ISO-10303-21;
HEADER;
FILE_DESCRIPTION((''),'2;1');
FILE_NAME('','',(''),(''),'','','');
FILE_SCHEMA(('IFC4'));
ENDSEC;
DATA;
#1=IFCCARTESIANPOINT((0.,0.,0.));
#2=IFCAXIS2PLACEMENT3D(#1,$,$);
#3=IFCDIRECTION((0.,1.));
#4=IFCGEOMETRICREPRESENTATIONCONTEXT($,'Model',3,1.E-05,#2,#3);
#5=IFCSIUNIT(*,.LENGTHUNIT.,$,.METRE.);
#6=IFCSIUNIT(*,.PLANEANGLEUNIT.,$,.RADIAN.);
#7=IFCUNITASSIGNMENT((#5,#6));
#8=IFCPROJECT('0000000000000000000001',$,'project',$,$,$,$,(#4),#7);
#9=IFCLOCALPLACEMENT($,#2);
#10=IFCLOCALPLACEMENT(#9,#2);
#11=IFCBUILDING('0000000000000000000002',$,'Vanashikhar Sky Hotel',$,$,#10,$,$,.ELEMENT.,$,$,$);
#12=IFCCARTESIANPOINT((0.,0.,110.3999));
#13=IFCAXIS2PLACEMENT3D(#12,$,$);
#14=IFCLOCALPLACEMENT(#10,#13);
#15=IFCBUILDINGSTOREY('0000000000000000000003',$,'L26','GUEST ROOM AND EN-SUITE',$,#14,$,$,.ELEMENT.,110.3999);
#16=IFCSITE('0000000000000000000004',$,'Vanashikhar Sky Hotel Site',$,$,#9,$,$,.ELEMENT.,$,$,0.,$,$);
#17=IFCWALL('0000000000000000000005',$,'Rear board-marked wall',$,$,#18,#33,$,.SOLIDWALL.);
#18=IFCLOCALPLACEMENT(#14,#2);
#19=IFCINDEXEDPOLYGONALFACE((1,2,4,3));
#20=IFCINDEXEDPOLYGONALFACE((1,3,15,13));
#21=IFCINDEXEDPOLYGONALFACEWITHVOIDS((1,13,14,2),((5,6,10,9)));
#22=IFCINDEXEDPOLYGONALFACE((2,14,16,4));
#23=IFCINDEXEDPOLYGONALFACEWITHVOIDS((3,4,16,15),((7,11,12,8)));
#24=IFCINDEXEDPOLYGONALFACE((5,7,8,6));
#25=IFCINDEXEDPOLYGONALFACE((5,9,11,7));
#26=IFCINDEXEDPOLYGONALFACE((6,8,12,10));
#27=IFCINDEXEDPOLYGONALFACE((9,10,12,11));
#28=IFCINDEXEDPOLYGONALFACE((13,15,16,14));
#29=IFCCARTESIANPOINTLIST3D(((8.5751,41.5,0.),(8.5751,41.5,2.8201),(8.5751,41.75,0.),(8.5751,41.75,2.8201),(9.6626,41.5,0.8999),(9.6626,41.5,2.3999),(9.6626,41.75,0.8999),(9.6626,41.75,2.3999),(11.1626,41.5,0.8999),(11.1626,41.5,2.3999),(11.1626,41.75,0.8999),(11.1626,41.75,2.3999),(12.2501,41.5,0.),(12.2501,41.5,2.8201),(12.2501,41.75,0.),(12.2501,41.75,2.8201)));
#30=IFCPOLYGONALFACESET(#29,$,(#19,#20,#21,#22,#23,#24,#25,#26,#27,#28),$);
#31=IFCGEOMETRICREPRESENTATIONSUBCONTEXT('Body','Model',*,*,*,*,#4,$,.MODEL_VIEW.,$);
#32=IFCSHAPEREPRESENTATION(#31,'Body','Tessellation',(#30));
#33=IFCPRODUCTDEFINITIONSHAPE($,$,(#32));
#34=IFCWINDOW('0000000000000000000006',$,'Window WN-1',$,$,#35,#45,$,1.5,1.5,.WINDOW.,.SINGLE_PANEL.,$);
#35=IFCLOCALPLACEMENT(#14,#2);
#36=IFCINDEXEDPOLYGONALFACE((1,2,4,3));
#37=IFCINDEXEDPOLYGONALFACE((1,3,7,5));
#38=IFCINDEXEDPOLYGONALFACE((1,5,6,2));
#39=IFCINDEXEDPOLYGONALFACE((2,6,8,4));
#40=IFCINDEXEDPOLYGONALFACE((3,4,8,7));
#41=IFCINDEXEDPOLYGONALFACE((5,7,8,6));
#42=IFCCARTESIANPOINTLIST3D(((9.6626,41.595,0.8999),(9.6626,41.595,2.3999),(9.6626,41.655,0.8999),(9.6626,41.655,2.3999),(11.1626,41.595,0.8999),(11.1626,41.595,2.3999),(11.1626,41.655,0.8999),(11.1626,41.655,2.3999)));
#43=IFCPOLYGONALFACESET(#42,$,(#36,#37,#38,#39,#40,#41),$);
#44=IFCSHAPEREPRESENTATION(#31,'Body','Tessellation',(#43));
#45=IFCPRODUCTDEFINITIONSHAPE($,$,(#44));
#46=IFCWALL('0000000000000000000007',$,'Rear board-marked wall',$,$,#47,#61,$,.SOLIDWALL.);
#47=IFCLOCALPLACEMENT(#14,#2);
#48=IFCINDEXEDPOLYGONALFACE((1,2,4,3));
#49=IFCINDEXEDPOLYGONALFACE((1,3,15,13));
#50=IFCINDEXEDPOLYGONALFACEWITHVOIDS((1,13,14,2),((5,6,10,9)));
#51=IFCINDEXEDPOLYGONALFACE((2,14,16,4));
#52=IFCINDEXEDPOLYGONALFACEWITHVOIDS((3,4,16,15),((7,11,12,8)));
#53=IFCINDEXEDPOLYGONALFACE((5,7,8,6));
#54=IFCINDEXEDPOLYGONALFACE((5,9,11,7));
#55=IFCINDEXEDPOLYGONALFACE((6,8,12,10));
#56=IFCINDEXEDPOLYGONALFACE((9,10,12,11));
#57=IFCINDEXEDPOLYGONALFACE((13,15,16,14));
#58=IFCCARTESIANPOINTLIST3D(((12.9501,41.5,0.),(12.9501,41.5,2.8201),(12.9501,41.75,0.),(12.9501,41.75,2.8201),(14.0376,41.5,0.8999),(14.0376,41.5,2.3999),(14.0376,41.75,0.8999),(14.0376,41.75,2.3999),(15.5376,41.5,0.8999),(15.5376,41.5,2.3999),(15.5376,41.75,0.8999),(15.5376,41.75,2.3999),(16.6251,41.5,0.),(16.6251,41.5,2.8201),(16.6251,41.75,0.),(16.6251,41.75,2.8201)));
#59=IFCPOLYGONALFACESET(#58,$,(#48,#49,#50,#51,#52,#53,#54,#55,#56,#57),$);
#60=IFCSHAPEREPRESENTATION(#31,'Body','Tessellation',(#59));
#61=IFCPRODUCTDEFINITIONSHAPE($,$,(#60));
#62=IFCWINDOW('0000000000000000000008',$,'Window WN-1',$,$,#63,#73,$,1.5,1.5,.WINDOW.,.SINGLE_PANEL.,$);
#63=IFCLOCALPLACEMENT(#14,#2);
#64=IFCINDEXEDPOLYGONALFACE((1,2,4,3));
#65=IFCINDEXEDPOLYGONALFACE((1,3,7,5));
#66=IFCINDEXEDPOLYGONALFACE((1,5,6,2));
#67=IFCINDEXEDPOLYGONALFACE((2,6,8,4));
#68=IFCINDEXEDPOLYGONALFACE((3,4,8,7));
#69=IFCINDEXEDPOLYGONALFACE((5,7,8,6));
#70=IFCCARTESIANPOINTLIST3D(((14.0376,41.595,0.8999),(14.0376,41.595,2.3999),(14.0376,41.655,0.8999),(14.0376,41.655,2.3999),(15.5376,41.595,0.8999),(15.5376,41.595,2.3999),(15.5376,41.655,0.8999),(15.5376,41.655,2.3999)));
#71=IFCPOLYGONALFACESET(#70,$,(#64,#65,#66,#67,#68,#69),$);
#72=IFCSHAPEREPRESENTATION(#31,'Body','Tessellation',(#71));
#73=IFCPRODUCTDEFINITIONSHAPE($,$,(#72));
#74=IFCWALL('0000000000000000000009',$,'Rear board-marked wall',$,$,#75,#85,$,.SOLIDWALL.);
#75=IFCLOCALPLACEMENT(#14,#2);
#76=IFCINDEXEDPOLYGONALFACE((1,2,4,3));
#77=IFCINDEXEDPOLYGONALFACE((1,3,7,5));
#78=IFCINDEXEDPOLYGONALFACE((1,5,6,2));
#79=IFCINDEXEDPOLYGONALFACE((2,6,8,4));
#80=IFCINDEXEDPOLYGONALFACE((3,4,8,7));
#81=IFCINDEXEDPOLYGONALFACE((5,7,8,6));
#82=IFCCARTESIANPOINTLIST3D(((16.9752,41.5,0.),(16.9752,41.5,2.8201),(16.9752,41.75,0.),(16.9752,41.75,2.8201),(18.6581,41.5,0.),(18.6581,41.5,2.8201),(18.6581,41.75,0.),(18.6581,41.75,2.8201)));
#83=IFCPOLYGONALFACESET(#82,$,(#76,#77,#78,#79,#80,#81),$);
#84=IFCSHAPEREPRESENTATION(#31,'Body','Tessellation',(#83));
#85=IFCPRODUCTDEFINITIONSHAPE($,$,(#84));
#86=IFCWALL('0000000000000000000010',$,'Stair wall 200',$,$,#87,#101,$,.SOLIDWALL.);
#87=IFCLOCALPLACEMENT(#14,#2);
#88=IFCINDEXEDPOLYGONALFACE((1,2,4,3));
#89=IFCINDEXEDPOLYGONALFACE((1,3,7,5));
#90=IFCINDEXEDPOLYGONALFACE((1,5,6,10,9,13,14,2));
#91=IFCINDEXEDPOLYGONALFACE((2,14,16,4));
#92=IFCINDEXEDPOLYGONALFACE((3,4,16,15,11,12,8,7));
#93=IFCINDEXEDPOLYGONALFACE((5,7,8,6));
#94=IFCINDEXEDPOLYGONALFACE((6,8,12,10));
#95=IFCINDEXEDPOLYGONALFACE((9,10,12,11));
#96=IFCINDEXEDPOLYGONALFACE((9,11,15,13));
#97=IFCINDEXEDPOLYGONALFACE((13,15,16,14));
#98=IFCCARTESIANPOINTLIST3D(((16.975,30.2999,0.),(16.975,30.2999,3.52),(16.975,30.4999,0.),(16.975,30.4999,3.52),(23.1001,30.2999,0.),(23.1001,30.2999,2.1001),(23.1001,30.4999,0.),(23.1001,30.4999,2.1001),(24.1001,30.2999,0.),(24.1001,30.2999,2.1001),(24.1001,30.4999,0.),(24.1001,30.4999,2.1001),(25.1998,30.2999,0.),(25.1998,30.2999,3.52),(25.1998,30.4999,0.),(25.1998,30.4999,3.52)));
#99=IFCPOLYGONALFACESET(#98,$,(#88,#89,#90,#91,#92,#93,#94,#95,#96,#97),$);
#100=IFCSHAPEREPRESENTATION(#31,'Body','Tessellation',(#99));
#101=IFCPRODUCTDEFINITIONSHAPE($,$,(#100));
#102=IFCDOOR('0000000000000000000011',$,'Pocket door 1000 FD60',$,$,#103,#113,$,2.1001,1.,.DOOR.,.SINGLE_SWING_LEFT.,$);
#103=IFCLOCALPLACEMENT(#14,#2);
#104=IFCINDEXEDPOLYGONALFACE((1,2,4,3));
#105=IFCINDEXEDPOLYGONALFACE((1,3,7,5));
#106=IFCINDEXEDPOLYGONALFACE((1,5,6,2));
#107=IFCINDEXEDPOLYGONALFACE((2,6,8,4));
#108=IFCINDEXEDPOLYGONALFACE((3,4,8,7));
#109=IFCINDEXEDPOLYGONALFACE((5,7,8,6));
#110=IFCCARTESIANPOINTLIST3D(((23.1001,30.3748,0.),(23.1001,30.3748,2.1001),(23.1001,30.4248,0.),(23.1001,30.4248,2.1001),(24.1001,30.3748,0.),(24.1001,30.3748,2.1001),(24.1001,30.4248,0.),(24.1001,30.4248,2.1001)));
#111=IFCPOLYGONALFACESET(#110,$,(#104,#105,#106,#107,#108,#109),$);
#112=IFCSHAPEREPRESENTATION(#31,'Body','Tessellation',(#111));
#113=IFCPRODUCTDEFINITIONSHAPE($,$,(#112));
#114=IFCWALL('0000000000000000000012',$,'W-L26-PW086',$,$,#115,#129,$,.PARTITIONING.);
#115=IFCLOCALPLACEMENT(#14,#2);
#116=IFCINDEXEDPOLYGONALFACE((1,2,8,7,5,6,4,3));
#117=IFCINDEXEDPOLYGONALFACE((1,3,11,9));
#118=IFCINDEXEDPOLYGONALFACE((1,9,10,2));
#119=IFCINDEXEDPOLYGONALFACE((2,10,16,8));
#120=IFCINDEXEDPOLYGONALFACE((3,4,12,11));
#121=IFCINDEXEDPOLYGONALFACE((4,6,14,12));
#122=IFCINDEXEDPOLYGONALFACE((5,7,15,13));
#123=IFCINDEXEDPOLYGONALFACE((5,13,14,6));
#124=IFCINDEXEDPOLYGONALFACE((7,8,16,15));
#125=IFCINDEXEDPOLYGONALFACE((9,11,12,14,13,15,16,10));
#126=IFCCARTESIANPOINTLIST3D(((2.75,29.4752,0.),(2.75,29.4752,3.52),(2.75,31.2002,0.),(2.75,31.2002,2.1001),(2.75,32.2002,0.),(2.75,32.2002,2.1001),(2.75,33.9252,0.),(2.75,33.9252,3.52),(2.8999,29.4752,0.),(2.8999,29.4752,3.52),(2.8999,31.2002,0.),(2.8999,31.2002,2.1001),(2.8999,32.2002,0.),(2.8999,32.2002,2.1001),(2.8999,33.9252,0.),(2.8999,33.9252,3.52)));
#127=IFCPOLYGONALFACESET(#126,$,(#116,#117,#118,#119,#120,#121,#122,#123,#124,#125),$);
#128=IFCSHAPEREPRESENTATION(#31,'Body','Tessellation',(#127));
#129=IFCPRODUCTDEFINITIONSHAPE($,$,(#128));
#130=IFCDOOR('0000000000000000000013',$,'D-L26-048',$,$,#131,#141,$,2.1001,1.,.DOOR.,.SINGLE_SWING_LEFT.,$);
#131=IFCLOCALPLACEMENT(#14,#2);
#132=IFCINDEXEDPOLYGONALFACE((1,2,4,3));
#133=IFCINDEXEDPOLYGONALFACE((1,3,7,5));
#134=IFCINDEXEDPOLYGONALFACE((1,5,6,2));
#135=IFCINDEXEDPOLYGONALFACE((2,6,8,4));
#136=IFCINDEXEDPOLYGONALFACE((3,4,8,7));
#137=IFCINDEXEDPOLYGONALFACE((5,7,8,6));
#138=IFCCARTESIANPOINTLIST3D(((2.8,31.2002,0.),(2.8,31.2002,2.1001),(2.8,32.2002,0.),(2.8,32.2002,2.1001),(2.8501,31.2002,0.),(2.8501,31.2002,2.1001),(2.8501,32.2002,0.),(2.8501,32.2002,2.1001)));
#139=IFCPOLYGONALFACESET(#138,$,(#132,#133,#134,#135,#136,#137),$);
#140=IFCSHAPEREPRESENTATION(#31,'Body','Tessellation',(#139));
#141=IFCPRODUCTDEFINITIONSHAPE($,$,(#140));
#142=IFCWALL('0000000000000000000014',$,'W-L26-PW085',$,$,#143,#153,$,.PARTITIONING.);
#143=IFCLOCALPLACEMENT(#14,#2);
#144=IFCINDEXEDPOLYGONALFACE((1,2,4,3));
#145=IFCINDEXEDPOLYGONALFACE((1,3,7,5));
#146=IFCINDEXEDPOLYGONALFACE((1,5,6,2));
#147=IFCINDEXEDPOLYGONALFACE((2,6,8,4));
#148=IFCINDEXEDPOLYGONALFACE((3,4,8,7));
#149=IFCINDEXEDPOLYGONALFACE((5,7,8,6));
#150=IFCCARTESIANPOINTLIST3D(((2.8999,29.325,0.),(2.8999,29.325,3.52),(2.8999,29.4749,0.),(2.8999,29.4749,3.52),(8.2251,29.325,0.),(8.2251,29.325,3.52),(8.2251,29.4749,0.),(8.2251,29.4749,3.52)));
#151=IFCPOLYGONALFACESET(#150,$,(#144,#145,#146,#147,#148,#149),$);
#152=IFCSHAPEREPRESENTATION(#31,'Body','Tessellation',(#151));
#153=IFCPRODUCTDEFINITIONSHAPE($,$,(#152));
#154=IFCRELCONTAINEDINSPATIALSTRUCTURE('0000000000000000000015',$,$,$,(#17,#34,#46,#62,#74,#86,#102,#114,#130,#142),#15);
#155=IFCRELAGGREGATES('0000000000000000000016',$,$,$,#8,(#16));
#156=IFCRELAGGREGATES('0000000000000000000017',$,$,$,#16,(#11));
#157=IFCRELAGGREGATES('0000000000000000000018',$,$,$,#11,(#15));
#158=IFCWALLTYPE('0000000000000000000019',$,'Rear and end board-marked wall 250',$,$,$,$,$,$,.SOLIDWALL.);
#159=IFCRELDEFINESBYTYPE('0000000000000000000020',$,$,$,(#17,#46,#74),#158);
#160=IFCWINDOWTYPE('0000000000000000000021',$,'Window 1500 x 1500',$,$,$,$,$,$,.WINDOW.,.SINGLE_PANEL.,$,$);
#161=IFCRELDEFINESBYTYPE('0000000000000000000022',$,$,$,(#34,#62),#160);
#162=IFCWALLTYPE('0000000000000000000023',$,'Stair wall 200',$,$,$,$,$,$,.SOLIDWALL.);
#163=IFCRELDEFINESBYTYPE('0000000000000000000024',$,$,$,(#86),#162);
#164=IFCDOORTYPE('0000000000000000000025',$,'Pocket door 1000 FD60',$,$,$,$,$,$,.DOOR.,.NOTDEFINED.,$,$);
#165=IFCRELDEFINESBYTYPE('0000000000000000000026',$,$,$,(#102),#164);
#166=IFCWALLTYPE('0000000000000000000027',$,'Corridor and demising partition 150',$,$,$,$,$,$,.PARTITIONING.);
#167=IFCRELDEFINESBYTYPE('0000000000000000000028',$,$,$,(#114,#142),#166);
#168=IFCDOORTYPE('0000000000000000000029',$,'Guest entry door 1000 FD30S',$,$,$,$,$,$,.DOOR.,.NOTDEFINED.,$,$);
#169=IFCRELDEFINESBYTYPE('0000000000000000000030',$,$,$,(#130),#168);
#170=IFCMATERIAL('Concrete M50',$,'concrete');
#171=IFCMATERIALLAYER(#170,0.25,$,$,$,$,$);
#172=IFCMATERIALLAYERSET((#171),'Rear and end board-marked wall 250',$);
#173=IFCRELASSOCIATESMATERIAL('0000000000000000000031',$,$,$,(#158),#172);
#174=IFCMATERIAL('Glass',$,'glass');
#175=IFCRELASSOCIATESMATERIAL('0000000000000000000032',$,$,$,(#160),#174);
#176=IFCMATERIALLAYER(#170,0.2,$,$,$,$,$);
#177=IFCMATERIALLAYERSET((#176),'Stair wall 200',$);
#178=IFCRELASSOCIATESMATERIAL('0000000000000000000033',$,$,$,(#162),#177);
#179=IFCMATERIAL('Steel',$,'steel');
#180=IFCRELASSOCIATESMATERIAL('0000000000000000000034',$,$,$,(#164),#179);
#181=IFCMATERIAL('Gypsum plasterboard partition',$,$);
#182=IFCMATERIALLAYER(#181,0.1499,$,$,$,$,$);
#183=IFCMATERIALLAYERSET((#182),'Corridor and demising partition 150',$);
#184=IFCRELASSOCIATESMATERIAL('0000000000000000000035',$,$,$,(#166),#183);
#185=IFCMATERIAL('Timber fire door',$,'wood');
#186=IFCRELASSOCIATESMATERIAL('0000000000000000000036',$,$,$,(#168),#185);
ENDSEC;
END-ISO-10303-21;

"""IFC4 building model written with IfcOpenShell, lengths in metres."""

from ifc_helpers import new_model, si_unit, direction, frame, frame_2d, origin, place, context, subcontext, project, spatial, rectangle, extrude, source, transform, mapped, material, layer, layer_set, type_object, element, fill, save


model = new_model("IFC4")

# Units and contexts
model_context = context("Model", 3, precision=1e-05, world=origin(), true_north=direction((0.0, 1.0)))
body_context = subcontext(model_context, "Body", "Model", "MODEL_VIEW")
ifc_project = project(units=[si_unit("LENGTHUNIT", "METRE"), si_unit("PLANEANGLEUNIT", "RADIAN")], contexts=[model_context])

# Site, building, storey
site_placement = place(None, origin())
site = spatial("IfcSite", under=ifc_project, at=site_placement, Name="Vanashikhar Sky Hotel Site", CompositionType="ELEMENT", RefElevation=0.0)
building_placement = place(site_placement, origin())
building = spatial("IfcBuilding", under=site, at=building_placement, Name="Vanashikhar Sky Hotel", CompositionType="ELEMENT")
storey_placement = place(building_placement, frame((0.0, 0.0, 110.3999)))
storey = spatial("IfcBuildingStorey", under=building, at=storey_placement, Name="L26", Description="GUEST ROOM AND EN-SUITE", CompositionType="ELEMENT", Elevation=110.3999)

# Shared definitions
ifc_material_1 = material(Name="Concrete M50", Category="concrete")

# Shared definitions
ifc_material_2 = material(Name="Glass", Category="glass")

# Walls, openings, windows
ifc_layer_1 = layer(ifc_material_1, 0.25)
ifc_layer_set_1 = layer_set([ifc_layer_1], Name="Rear and end board-marked wall 250")
wall_type_1 = type_object("IfcWallType", Name="Rear and end board-marked wall 250", PredefinedType="SOLIDWALL", material=ifc_layer_set_1)
shared_shape_1 = source(origin(), body_context, "Body", "SweptSolid", [
    extrude(rectangle(XDim=1.5, YDim=1.5, at=frame_2d((0.75, 0.75))), frame((0.0, 0.135, 0.0), z_axis=(0.0, -1.0, 0.0), x_axis=(1.0, 0.0, 0.0)), (0.0, 0.0, 1.0), 0.27),
])
window_type_1 = type_object("IfcWindowType", Name="Window 1500 x 1500", PartitioningType="SINGLE_PANEL", PredefinedType="WINDOW", material=ifc_material_2)
shared_shape_2 = source(origin(), body_context, "Body", "SweptSolid", [
    extrude(rectangle(XDim=1.5, YDim=1.5, at=frame_2d((0.75, 0.75))), frame((0.0, 0.03, 0.0), z_axis=(0.0, -1.0, 0.0), x_axis=(1.0, 0.0, 0.0)), (0.0, 0.0, 1.0), 0.0601),
])
shared_shape_3 = source(origin(), body_context, "Body", "SweptSolid", [
    extrude(rectangle(XDim=3.675, YDim=0.25, at=frame_2d((1.8374, 0.0))), origin(), (0.0, 0.0, 1.0), 2.8201),
])
wall_1_placement = place(storey_placement, frame((12.25, 41.625, 0.0), z_axis=(0.0, 0.0, 1.0), x_axis=(-1.0, 0.0, 0.0)))
wall_1 = element("IfcWall", 1, at=wall_1_placement, inside=storey, type_object=wall_type_1, Name="Rear board-marked wall", PredefinedType="SOLIDWALL", context=body_context, shape_type="MappedRepresentation", body=[
    mapped(shared_shape_3, transform((0.0, 0.0, 0.0), scale=1.0)),
])
opening_1_placement = place(wall_1_placement, frame((1.0874, 0.0, 0.8999)))
opening_1 = element("IfcOpeningElement", 2, at=opening_1_placement, cuts=wall_1, PredefinedType="OPENING", context=body_context, shape_type="MappedRepresentation", body=[
    mapped(shared_shape_1, transform((0.0, 0.0, 0.0), scale=1.0)),
])
window_1_placement = place(opening_1_placement, origin())
window_1 = element("IfcWindow", 3, at=window_1_placement, inside=storey, type_object=window_type_1, Name="Window WN-1", OverallHeight=1.5, OverallWidth=1.5, PartitioningType="SINGLE_PANEL", PredefinedType="WINDOW", context=body_context, shape_type="MappedRepresentation", body=[
    mapped(shared_shape_2, transform((0.0, 0.0, 0.0), scale=1.0)),
])
fill(opening_1, window_1)
wall_2_placement = place(storey_placement, frame((16.625, 41.625, 0.0), z_axis=(0.0, 0.0, 1.0), x_axis=(-1.0, 0.0, 0.0)))
wall_2 = element("IfcWall", 4, at=wall_2_placement, inside=storey, type_object=wall_type_1, Name="Rear board-marked wall", PredefinedType="SOLIDWALL", context=body_context, shape_type="MappedRepresentation", body=[
    mapped(shared_shape_3, transform((0.0, 0.0, 0.0), scale=1.0)),
])
opening_2_placement = place(wall_2_placement, frame((1.0874, 0.0, 0.8999)))
opening_2 = element("IfcOpeningElement", 5, at=opening_2_placement, cuts=wall_2, PredefinedType="OPENING", context=body_context, shape_type="MappedRepresentation", body=[
    mapped(shared_shape_1, transform((0.0, 0.0, 0.0), scale=1.0)),
])
window_2_placement = place(opening_2_placement, origin())
window_2 = element("IfcWindow", 6, at=window_2_placement, inside=storey, type_object=window_type_1, Name="Window WN-1", OverallHeight=1.5, OverallWidth=1.5, PartitioningType="SINGLE_PANEL", PredefinedType="WINDOW", context=body_context, shape_type="MappedRepresentation", body=[
    mapped(shared_shape_2, transform((0.0, 0.0, 0.0), scale=1.0)),
])
fill(opening_2, window_2)

# Wall
shared_shape_4 = source(origin(), body_context, "Body", "SweptSolid", [
    extrude(rectangle(XDim=1.6829, YDim=0.25, at=frame_2d((0.8413, 0.0))), origin(), (0.0, 0.0, 1.0), 2.8201),
])
wall_3_placement = place(storey_placement, frame((18.658, 41.625, 0.0), z_axis=(0.0, 0.0, 1.0), x_axis=(-1.0, 0.0, 0.0)))
element("IfcWall", 7, at=wall_3_placement, inside=storey, type_object=wall_type_1, Name="Rear board-marked wall", PredefinedType="SOLIDWALL", context=body_context, shape_type="MappedRepresentation", body=[
    mapped(shared_shape_4, transform((0.0, 0.0, 0.0), scale=1.0)),
])

# Walls, openings, doors
ifc_layer_2 = layer(ifc_material_1, 0.2)
ifc_layer_set_2 = layer_set([ifc_layer_2], Name="Stair wall 200")
wall_type_2 = type_object("IfcWallType", Name="Stair wall 200", PredefinedType="SOLIDWALL", material=ifc_layer_set_2)
shared_shape_5 = source(origin(), body_context, "Body", "SweptSolid", [
    extrude(rectangle(XDim=8.2249, YDim=0.2, at=frame_2d((4.1123, 0.0))), origin(), (0.0, 0.0, 1.0), 3.52),
])
wall_4_placement = place(storey_placement, frame((16.9751, 30.3999, 0.0), z_axis=(0.0, 0.0, 1.0), x_axis=(1.0, 0.0, 0.0)))
wall_4 = element("IfcWall", 8, at=wall_4_placement, inside=storey, type_object=wall_type_2, Name="Stair wall 200", PredefinedType="SOLIDWALL", context=body_context, shape_type="MappedRepresentation", body=[
    mapped(shared_shape_5, transform((0.0, 0.0, 0.0), scale=1.0)),
])
shared_shape_6 = source(origin(), body_context, "Body", "SweptSolid", [
    extrude(rectangle(XDim=1.0, YDim=2.1001, at=frame_2d((0.5, 1.05))), frame((0.0, 0.1099, 0.0), z_axis=(0.0, -1.0, 0.0), x_axis=(1.0, 0.0, 0.0)), (0.0, 0.0, 1.0), 0.22),
])
opening_3_placement = place(wall_4_placement, frame((6.125, 0.0, 0.0)))
opening_3 = element("IfcOpeningElement", 9, at=opening_3_placement, cuts=wall_4, PredefinedType="OPENING", context=body_context, shape_type="MappedRepresentation", body=[
    mapped(shared_shape_6, transform((0.0, 0.0, 0.0), scale=1.0)),
])
ifc_material_3 = material(Name="Steel", Category="steel")
door_type_1 = type_object("IfcDoorType", Name="Pocket door 1000 FD60", OperationType="NOTDEFINED", PredefinedType="DOOR", material=ifc_material_3)
shared_shape_7 = source(origin(), body_context, "Body", "SweptSolid", [
    extrude(rectangle(XDim=1.0, YDim=2.1001, at=frame_2d((0.5, 1.05))), frame((0.0, 0.0249, 0.0), z_axis=(0.0, -1.0, 0.0), x_axis=(1.0, 0.0, 0.0)), (0.0, 0.0, 1.0), 0.05),
])
door_1_placement = place(opening_3_placement, origin())
door_1 = element("IfcDoor", 10, at=door_1_placement, inside=storey, type_object=door_type_1, Name="Pocket door 1000 FD60", OperationType="SINGLE_SWING_LEFT", OverallHeight=2.1001, OverallWidth=1.0, PredefinedType="DOOR", context=body_context, shape_type="MappedRepresentation", body=[
    mapped(shared_shape_7, transform((0.0, 0.0, 0.0), scale=1.0)),
])
fill(opening_3, door_1)
ifc_material_4 = material(Name="Gypsum plasterboard partition")
ifc_layer_3 = layer(ifc_material_4, 0.1499)
ifc_layer_set_3 = layer_set([ifc_layer_3], Name="Corridor and demising partition 150")
wall_type_3 = type_object("IfcWallType", Name="Corridor and demising partition 150", PredefinedType="PARTITIONING", material=ifc_layer_set_3)
shared_shape_8 = source(origin(), body_context, "Body", "SweptSolid", [
    extrude(rectangle(XDim=4.45, YDim=0.1499, at=frame_2d((2.2251, 0.0))), origin(), (0.0, 0.0, 1.0), 3.52),
])
wall_5_placement = place(storey_placement, frame((2.825, 29.4751, 0.0), z_axis=(0.0, 0.0, 1.0), x_axis=(0.0, 1.0, 0.0)))
wall_5 = element("IfcWall", 11, at=wall_5_placement, inside=storey, type_object=wall_type_3, Name="W-L26-PW086", PredefinedType="PARTITIONING", context=body_context, shape_type="MappedRepresentation", body=[
    mapped(shared_shape_8, transform((0.0, 0.0, 0.0), scale=1.0)),
])
shared_shape_9 = source(origin(), body_context, "Body", "SweptSolid", [
    extrude(rectangle(XDim=1.0, YDim=2.1001, at=frame_2d((0.5, 1.05))), frame((0.0, 0.085, 0.0), z_axis=(0.0, -1.0, 0.0), x_axis=(1.0, 0.0, 0.0)), (0.0, 0.0, 1.0), 0.1699),
])
opening_4_placement = place(wall_5_placement, frame((1.7251, 0.0, 0.0)))
opening_4 = element("IfcOpeningElement", 12, at=opening_4_placement, cuts=wall_5, PredefinedType="OPENING", context=body_context, shape_type="MappedRepresentation", body=[
    mapped(shared_shape_9, transform((0.0, 0.0, 0.0), scale=1.0)),
])
ifc_material_5 = material(Name="Timber fire door", Category="wood")
door_type_2 = type_object("IfcDoorType", Name="Guest entry door 1000 FD30S", OperationType="NOTDEFINED", PredefinedType="DOOR", material=ifc_material_5)
door_2_placement = place(opening_4_placement, origin())
door_2 = element("IfcDoor", 13, at=door_2_placement, inside=storey, type_object=door_type_2, Name="D-L26-048", OperationType="SINGLE_SWING_LEFT", OverallHeight=2.1001, OverallWidth=1.0, PredefinedType="DOOR", context=body_context, shape_type="MappedRepresentation", body=[
    mapped(shared_shape_7, transform((0.0, 0.0, 0.0), scale=1.0)),
])
fill(opening_4, door_2)

# Wall
shared_shape_10 = source(origin(), body_context, "Body", "SweptSolid", [
    extrude(rectangle(XDim=5.3252, YDim=0.1499, at=frame_2d((2.6626, 0.0))), origin(), (0.0, 0.0, 1.0), 3.52),
])
wall_6_placement = place(storey_placement, frame((2.8999, 29.3999, 0.0), z_axis=(0.0, 0.0, 1.0), x_axis=(1.0, 0.0, 0.0)))
element("IfcWall", 14, at=wall_6_placement, inside=storey, type_object=wall_type_3, Name="W-L26-PW085", PredefinedType="PARTITIONING", context=body_context, shape_type="MappedRepresentation", body=[
    mapped(shared_shape_10, transform((0.0, 0.0, 0.0), scale=1.0)),
])

save(model, "model.ifc")
